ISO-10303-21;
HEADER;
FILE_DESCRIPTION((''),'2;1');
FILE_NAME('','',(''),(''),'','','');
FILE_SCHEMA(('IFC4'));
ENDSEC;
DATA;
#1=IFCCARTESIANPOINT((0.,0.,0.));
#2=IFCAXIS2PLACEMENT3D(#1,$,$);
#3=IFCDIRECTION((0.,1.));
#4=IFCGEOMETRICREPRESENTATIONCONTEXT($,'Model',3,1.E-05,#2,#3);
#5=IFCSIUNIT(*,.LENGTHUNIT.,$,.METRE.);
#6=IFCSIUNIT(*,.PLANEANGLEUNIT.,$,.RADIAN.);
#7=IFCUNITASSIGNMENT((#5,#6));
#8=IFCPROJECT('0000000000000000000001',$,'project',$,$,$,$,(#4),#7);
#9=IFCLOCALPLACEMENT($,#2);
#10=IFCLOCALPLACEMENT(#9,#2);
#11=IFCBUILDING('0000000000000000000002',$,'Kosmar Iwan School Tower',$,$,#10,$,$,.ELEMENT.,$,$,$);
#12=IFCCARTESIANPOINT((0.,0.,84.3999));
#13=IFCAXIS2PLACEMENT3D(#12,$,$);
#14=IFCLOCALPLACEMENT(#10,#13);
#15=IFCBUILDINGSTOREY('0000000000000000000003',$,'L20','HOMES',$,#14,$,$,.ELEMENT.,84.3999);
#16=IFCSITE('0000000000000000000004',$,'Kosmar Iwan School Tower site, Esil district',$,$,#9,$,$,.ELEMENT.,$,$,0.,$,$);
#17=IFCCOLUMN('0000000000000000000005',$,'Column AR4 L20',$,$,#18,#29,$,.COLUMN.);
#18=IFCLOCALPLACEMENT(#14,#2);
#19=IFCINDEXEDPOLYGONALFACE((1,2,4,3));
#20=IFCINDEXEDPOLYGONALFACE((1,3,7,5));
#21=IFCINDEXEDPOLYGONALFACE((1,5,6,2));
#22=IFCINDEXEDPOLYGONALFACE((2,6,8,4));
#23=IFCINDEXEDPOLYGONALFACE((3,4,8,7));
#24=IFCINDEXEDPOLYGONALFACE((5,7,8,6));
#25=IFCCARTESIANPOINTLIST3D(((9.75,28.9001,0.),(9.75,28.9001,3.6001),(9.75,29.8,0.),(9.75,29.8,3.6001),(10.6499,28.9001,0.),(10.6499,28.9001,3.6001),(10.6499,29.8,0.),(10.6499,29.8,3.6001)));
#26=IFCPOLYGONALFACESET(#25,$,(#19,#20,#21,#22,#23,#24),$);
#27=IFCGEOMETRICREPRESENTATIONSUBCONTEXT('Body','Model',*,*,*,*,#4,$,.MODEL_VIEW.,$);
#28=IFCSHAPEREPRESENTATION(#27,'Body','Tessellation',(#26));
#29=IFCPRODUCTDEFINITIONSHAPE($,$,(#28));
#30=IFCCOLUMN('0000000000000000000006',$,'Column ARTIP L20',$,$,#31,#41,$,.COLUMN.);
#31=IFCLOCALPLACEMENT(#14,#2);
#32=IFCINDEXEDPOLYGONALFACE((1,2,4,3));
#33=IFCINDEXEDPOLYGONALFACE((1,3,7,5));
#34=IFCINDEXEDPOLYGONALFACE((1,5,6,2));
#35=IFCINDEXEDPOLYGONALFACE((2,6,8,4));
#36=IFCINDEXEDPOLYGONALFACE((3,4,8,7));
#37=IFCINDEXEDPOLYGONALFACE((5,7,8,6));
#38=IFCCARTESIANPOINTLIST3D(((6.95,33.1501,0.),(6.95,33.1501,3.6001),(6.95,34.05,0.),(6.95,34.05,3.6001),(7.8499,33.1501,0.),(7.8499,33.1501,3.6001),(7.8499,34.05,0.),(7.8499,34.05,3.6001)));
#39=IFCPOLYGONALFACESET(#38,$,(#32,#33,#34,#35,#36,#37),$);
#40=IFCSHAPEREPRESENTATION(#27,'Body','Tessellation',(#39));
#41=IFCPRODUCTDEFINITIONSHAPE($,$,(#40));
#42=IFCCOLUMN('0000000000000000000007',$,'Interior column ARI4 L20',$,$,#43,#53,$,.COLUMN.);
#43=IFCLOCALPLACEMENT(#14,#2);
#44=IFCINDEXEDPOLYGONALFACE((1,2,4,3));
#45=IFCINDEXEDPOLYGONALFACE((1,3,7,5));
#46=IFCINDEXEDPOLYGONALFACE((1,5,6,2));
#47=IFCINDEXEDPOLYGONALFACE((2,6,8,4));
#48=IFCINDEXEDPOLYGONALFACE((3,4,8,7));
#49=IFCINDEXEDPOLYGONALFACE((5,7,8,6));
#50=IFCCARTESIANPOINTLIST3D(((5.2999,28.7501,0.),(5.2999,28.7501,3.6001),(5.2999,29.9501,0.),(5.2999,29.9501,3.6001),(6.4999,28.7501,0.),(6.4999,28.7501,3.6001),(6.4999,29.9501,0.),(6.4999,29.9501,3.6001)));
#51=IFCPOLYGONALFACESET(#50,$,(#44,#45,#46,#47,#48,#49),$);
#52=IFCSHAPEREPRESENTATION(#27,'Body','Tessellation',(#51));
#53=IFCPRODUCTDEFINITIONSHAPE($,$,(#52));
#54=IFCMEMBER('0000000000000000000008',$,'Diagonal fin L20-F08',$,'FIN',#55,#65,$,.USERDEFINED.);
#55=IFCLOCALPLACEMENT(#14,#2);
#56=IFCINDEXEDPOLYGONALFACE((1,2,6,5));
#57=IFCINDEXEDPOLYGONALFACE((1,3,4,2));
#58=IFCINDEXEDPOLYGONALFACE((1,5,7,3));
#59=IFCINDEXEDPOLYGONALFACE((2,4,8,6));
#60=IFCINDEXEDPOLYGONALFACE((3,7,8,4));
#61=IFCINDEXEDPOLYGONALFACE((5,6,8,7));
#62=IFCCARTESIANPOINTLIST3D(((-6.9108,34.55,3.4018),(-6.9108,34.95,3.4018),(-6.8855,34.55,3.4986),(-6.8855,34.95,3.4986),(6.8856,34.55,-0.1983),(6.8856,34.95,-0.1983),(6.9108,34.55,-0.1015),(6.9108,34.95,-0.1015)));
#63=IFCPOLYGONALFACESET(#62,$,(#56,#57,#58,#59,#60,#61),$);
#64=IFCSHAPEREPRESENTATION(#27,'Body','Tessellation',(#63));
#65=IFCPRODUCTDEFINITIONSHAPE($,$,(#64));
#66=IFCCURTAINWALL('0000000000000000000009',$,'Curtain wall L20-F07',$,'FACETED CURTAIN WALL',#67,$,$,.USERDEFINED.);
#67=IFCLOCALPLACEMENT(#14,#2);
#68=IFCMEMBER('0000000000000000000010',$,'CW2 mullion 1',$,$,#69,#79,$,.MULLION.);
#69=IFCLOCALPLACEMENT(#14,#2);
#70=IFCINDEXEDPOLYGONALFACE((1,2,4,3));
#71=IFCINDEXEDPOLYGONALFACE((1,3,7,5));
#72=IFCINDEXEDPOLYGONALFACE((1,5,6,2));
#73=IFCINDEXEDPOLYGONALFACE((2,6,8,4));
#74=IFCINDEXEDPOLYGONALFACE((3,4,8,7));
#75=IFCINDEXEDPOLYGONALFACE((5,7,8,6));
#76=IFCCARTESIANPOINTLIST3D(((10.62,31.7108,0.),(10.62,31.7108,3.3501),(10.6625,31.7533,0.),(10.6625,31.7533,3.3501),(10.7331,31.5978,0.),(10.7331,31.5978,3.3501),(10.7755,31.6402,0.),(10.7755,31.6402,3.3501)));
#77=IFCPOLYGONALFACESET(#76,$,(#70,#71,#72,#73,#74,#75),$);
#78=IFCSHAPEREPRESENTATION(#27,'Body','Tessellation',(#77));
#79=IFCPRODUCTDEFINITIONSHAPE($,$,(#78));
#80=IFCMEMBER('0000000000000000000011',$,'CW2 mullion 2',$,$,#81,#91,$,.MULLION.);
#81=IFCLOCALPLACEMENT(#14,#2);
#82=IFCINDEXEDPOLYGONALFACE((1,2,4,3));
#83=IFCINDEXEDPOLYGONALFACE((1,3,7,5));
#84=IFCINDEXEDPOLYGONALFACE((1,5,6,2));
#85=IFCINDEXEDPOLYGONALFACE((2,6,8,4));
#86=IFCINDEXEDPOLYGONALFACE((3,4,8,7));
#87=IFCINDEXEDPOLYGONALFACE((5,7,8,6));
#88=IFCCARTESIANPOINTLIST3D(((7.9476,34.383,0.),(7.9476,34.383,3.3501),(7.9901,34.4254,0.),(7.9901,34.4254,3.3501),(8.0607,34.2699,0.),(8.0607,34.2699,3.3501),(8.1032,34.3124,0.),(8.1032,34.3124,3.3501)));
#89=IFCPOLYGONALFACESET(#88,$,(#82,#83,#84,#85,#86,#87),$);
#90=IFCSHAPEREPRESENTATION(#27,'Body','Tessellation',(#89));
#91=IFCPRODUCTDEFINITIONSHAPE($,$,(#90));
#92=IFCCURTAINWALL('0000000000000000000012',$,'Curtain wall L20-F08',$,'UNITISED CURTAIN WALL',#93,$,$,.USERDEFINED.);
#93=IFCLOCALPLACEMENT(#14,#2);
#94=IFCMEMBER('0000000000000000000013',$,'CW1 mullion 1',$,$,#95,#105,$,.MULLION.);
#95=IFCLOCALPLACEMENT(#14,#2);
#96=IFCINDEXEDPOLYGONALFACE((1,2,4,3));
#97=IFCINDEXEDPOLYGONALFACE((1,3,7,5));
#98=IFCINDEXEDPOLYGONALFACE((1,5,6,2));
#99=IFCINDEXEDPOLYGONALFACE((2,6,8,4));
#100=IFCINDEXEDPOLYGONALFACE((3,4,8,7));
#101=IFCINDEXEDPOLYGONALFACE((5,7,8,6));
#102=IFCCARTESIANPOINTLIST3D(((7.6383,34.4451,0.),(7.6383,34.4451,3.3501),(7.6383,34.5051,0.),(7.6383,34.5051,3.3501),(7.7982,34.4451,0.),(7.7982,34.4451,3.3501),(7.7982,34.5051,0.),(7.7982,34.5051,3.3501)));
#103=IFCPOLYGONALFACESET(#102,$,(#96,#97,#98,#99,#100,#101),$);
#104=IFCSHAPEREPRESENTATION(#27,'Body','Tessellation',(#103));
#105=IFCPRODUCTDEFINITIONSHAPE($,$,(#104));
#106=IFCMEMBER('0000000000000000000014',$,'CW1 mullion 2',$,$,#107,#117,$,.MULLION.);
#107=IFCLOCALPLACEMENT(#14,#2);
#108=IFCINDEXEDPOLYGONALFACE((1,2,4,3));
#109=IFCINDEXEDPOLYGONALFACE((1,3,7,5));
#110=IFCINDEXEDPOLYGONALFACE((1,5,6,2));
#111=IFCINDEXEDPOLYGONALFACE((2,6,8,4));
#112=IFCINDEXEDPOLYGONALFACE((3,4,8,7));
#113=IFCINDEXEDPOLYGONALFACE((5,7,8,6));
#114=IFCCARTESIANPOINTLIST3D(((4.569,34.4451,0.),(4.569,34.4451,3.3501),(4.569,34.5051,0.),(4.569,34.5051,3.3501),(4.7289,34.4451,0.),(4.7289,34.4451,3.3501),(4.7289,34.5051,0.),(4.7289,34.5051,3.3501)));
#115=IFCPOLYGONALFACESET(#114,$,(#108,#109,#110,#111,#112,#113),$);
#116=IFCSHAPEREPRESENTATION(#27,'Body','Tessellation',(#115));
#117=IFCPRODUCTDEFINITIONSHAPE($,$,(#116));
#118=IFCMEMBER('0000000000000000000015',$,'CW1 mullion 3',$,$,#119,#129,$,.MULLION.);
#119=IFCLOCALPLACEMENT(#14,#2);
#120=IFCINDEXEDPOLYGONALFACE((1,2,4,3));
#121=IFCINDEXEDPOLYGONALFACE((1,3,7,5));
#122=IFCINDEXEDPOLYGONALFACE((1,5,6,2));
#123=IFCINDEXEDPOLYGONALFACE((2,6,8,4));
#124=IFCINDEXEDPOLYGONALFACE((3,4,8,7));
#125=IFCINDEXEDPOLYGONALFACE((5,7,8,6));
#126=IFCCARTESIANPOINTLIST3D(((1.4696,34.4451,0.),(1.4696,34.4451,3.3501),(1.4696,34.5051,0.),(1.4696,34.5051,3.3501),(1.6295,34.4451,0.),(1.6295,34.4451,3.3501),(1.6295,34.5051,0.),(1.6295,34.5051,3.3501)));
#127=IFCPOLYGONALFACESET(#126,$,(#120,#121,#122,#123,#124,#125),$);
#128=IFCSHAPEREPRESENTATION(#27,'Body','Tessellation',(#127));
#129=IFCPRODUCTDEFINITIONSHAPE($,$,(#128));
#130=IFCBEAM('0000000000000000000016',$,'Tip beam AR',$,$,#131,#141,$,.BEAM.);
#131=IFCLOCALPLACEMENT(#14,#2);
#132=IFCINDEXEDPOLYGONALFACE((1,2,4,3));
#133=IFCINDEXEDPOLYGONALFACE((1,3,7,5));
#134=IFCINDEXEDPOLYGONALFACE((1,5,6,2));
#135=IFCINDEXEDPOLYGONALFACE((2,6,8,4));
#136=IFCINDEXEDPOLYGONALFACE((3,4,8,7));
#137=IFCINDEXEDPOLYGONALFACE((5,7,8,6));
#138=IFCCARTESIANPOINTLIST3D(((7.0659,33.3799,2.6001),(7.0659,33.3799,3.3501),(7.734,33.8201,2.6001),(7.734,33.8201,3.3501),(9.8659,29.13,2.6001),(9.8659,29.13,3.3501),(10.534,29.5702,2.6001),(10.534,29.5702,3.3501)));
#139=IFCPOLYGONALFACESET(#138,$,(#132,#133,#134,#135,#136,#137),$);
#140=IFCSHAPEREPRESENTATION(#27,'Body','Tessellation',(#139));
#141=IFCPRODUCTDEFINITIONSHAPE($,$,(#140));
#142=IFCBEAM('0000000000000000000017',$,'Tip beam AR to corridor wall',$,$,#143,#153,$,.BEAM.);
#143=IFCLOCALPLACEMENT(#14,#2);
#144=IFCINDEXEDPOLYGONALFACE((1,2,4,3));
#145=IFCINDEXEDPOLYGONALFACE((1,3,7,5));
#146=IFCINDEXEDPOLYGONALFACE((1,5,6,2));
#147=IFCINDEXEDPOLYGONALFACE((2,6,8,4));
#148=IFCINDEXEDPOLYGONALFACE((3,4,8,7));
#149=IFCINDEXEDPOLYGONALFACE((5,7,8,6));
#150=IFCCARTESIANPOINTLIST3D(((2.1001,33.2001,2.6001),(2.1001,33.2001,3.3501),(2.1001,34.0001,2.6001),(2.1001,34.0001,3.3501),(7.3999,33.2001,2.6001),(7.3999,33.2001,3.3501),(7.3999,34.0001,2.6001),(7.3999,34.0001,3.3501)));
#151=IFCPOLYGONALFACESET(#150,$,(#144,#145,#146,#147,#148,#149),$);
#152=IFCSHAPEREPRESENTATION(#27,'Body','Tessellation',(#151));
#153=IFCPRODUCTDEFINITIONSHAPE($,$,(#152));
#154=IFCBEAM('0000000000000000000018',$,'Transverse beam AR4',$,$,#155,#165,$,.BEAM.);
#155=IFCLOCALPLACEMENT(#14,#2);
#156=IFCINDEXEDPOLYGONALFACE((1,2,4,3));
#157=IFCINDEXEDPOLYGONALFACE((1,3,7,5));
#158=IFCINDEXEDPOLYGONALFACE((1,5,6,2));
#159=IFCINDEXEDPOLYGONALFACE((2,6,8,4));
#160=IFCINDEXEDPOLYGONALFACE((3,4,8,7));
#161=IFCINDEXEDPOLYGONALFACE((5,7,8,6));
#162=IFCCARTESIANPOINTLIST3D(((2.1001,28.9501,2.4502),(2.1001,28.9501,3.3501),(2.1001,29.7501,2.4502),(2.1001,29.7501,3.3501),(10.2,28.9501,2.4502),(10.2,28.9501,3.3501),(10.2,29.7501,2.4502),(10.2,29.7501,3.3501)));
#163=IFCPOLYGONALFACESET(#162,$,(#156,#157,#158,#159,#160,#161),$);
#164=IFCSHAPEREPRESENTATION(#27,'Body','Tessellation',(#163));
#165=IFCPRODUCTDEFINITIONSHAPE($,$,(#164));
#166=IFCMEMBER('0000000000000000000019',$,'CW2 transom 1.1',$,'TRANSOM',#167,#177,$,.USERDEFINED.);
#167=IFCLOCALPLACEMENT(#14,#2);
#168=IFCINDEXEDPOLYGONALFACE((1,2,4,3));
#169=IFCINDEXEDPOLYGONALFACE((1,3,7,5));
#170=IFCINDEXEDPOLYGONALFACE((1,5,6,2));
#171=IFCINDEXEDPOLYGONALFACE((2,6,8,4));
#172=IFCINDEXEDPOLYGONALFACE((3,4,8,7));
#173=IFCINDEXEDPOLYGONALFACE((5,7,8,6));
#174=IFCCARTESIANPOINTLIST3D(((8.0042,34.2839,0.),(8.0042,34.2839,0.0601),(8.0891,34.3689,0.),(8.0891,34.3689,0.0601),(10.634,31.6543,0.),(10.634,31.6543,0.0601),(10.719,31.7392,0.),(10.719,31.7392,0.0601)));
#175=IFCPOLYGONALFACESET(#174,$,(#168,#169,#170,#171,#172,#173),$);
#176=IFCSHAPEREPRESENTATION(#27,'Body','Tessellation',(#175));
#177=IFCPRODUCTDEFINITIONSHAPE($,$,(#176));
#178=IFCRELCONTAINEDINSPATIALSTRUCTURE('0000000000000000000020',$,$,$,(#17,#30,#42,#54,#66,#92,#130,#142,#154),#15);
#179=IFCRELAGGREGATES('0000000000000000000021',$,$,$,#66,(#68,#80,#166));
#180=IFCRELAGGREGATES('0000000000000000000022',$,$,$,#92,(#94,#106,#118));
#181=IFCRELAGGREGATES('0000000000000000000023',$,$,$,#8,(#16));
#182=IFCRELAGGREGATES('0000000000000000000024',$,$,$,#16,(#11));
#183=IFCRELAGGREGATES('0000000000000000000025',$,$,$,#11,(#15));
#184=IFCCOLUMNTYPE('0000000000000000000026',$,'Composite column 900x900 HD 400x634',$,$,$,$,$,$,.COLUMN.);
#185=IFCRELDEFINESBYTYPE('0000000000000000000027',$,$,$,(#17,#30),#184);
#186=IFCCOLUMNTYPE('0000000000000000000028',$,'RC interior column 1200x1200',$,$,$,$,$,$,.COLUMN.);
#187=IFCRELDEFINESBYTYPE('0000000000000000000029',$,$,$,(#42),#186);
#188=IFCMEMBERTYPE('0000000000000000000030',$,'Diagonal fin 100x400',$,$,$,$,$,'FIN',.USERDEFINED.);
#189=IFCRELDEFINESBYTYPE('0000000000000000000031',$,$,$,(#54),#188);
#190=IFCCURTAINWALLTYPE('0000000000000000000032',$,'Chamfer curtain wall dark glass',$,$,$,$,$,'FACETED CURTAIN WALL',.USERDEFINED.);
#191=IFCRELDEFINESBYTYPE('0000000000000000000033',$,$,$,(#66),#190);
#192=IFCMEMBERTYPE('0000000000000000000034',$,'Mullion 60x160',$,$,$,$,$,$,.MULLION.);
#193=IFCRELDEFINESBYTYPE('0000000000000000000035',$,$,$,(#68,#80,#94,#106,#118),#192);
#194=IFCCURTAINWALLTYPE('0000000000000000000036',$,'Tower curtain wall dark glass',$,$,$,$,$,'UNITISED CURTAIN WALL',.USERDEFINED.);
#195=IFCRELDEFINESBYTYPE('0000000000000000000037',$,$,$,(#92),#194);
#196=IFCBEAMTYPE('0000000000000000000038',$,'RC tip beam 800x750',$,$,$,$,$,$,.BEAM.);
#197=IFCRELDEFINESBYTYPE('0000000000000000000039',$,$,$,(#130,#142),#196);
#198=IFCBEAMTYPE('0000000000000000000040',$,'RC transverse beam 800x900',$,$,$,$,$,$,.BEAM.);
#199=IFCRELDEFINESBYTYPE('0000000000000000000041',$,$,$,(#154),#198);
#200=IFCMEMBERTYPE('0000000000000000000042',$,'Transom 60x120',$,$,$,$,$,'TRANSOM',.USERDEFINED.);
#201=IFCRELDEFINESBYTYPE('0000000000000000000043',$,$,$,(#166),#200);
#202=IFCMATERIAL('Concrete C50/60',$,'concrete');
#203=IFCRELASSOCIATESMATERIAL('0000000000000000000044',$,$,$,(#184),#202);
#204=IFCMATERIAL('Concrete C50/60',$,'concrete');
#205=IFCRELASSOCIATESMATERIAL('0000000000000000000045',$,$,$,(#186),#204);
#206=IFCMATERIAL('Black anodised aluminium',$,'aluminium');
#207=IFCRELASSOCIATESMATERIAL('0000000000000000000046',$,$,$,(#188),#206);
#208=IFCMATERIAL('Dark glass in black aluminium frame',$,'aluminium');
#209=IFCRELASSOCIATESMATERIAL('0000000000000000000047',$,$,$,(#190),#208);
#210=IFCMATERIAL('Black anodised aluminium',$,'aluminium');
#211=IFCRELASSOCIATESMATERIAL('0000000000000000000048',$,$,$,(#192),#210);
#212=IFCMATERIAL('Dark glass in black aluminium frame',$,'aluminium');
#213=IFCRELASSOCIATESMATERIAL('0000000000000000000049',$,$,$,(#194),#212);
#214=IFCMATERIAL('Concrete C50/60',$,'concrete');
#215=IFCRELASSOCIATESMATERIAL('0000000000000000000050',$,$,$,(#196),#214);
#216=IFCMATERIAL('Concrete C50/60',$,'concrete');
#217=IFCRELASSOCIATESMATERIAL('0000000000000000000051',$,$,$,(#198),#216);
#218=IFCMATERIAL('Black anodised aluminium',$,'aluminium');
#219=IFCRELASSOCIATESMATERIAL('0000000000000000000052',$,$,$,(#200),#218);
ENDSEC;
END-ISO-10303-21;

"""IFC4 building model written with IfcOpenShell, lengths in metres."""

from ifc_helpers import new_model, si_unit, direction, frame, origin, origin_2d, place, context, subcontext, project, spatial, rectangle, extrude, material, material_profile, profile_set, type_object, element, aggregate, save


model = new_model("IFC4")

# Units and contexts
model_context = context("Model", 3, precision=1e-05, world=origin(), true_north=direction((0.0, 1.0)))
body_context = subcontext(model_context, "Body", "Model", "MODEL_VIEW")
ifc_project = project(units=[si_unit("LENGTHUNIT", "METRE"), si_unit("PLANEANGLEUNIT", "RADIAN")], contexts=[model_context])

# Site, building, storey
site_placement = place(None, origin())
site = spatial("IfcSite", under=ifc_project, at=site_placement, Name="Kosmar Iwan School Tower site, Esil district", CompositionType="ELEMENT", RefElevation=0.0)
building_placement = place(site_placement, origin())
building = spatial("IfcBuilding", under=site, at=building_placement, Name="Kosmar Iwan School Tower", CompositionType="ELEMENT")
storey_placement = place(building_placement, frame((0.0, 0.0, 84.3999)))
storey = spatial("IfcBuildingStorey", under=building, at=storey_placement, Name="L20", Description="HOMES", CompositionType="ELEMENT", Elevation=84.3999)

# Columns
ifc_material_1 = material(Name="Concrete C50/60", Category="concrete")
ifc_material_profile_1 = material_profile(ifc_material_1, rectangle(XDim=0.8999, YDim=0.8999, at=origin_2d()), Name="RC 900x900 + HD 400x634")
ifc_profile_set_1 = profile_set([ifc_material_profile_1], Name="Concrete C50/60")
column_type_1 = type_object("IfcColumnType", Name="Composite column 900x900 HD 400x634", PredefinedType="COLUMN", material=ifc_profile_set_1)
for number, where, z_axis, x_axis, name in (
    (1, (10.2, 29.3501, 0.0), (0.0, 0.0, 1.0), (0.0, 1.0, 0.0), "Column AR4 L20"),
    (2, (7.3999, 33.6001, 0.0), (0.0, 0.0, 1.0), (0.0, 1.0, 0.0), "Column ARTIP L20"),
):
    element("IfcColumn", number, at=place(storey_placement, frame(where, z_axis=z_axis, x_axis=x_axis)), inside=storey, type_object=column_type_1, Name=name, PredefinedType="COLUMN", context=body_context, shape_type="SweptSolid", body=[
        extrude(rectangle(XDim=0.8999, YDim=0.8999, at=origin_2d()), origin(), (0.0, 0.0, 1.0), 3.6001),
    ])
ifc_material_2 = material(Name="Concrete C50/60", Category="concrete")
ifc_material_profile_2 = material_profile(ifc_material_2, rectangle(XDim=1.2, YDim=1.2, at=origin_2d()), Name="RC 1200x1200")
ifc_profile_set_2 = profile_set([ifc_material_profile_2], Name="Concrete C50/60")
column_type_2 = type_object("IfcColumnType", Name="RC interior column 1200x1200", PredefinedType="COLUMN", material=ifc_profile_set_2)
column_placement = place(storey_placement, frame((5.8999, 29.3501, 0.0), z_axis=(0.0, 0.0, 1.0), x_axis=(0.0, 1.0, 0.0)))
element("IfcColumn", 3, at=column_placement, inside=storey, type_object=column_type_2, Name="Interior column ARI4 L20", PredefinedType="COLUMN", context=body_context, shape_type="SweptSolid", body=[
    extrude(rectangle(XDim=1.2, YDim=1.2, at=origin_2d()), origin(), (0.0, 0.0, 1.0), 3.6001),
])

# Member
ifc_material_3 = material(Name="Black anodised aluminium", Category="aluminium")
ifc_material_profile_3 = material_profile(ifc_material_3, rectangle(XDim=0.1001, YDim=0.3999, at=origin_2d()), Name="FIN 100x400")
ifc_profile_set_3 = profile_set([ifc_material_profile_3], Name="Black anodised aluminium")
member_type_1 = type_object("IfcMemberType", Name="Diagonal fin 100x400", ElementType="FIN", PredefinedType="USERDEFINED", material=ifc_profile_set_3)
member_1_placement = place(storey_placement, frame((6.8982, 34.75, -0.1499), z_axis=(-0.967599, 0.0, 0.25249), x_axis=(0.25249, 0.0, 0.967599)))
element("IfcMember", 4, at=member_1_placement, inside=storey, type_object=member_type_1, Name="Diagonal fin L20-F08", ObjectType="FIN", PredefinedType="USERDEFINED", context=body_context, shape_type="SweptSolid", body=[
    extrude(rectangle(XDim=0.1001, YDim=0.3999, at=origin_2d()), origin(), (0.0, 0.0, 1.0), 14.2583),
])

# Curtain walls, members
ifc_material_4 = material(Name="Dark glass in black aluminium frame", Category="aluminium")
curtain_wall_type_1 = type_object("IfcCurtainWallType", Name="Chamfer curtain wall dark glass", ElementType="FACETED CURTAIN WALL", PredefinedType="USERDEFINED", material=ifc_material_4)
curtain_wall_1_placement = place(storey_placement, origin())
curtain_wall_1 = element("IfcCurtainWall", 5, at=curtain_wall_1_placement, inside=storey, type_object=curtain_wall_type_1, Name="Curtain wall L20-F07", ObjectType="FACETED CURTAIN WALL", PredefinedType="USERDEFINED")
ifc_material_5 = material(Name="Black anodised aluminium", Category="aluminium")
ifc_material_profile_4 = material_profile(ifc_material_5, rectangle(XDim=0.0601, YDim=0.1599, at=origin_2d()), Name="MULLION 60x160")
ifc_profile_set_4 = profile_set([ifc_material_profile_4], Name="Black anodised aluminium")
member_type_2 = type_object("IfcMemberType", Name="Mullion 60x160", PredefinedType="MULLION", material=ifc_profile_set_4)
member_2_placement = place(storey_placement, frame((10.6978, 31.6755, 0.0), z_axis=(0.0, 0.0, 1.0), x_axis=(-0.707107, -0.707107, 0.0)))
member_2 = element("IfcMember", 6, at=member_2_placement, type_object=member_type_2, Name="CW2 mullion 1", PredefinedType="MULLION", context=body_context, shape_type="SweptSolid", body=[
    extrude(rectangle(XDim=0.0601, YDim=0.1599, at=origin_2d()), origin(), (0.0, 0.0, 1.0), 3.3501),
])
member_3_placement = place(storey_placement, frame((8.0254, 34.3477, 0.0), z_axis=(0.0, 0.0, 1.0), x_axis=(-0.707107, -0.707107, 0.0)))
member_3 = element("IfcMember", 7, at=member_3_placement, type_object=member_type_2, Name="CW2 mullion 2", PredefinedType="MULLION", context=body_context, shape_type="SweptSolid", body=[
    extrude(rectangle(XDim=0.0601, YDim=0.1599, at=origin_2d()), origin(), (0.0, 0.0, 1.0), 3.3501),
])
ifc_material_6 = material(Name="Dark glass in black aluminium frame", Category="aluminium")
curtain_wall_type_2 = type_object("IfcCurtainWallType", Name="Tower curtain wall dark glass", ElementType="UNITISED CURTAIN WALL", PredefinedType="USERDEFINED", material=ifc_material_6)
curtain_wall_2_placement = place(storey_placement, origin())
curtain_wall_2 = element("IfcCurtainWall", 8, at=curtain_wall_2_placement, inside=storey, type_object=curtain_wall_type_2, Name="Curtain wall L20-F08", ObjectType="UNITISED CURTAIN WALL", PredefinedType="USERDEFINED")
member_4_placement = place(storey_placement, frame((7.7183, 34.4751, 0.0), z_axis=(0.0, 0.0, 1.0), x_axis=(0.0, -1.0, 0.0)))
member_4 = element("IfcMember", 9, at=member_4_placement, type_object=member_type_2, Name="CW1 mullion 1", PredefinedType="MULLION", context=body_context, shape_type="SweptSolid", body=[
    extrude(rectangle(XDim=0.0601, YDim=0.1599, at=origin_2d()), origin(), (0.0, 0.0, 1.0), 3.3501),
])
member_5_placement = place(storey_placement, frame((4.6489, 34.4751, 0.0), z_axis=(0.0, 0.0, 1.0), x_axis=(0.0, -1.0, 0.0)))
member_5 = element("IfcMember", 10, at=member_5_placement, type_object=member_type_2, Name="CW1 mullion 2", PredefinedType="MULLION", context=body_context, shape_type="SweptSolid", body=[
    extrude(rectangle(XDim=0.0601, YDim=0.1599, at=origin_2d()), origin(), (0.0, 0.0, 1.0), 3.3501),
])
member_6_placement = place(storey_placement, frame((1.5496, 34.4751, 0.0), z_axis=(0.0, 0.0, 1.0), x_axis=(0.0, -1.0, 0.0)))
member_6 = element("IfcMember", 11, at=member_6_placement, type_object=member_type_2, Name="CW1 mullion 3", PredefinedType="MULLION", context=body_context, shape_type="SweptSolid", body=[
    extrude(rectangle(XDim=0.0601, YDim=0.1599, at=origin_2d()), origin(), (0.0, 0.0, 1.0), 3.3501),
])

# Beams
ifc_material_7 = material(Name="Concrete C50/60", Category="concrete")
ifc_material_profile_5 = material_profile(ifc_material_7, rectangle(XDim=0.8, YDim=0.75, at=origin_2d()), Name="RC 800x750")
ifc_profile_set_5 = profile_set([ifc_material_profile_5], Name="Concrete C50/60")
beam_type_1 = type_object("IfcBeamType", Name="RC tip beam 800x750", PredefinedType="BEAM", material=ifc_profile_set_5)
beam_1_placement = place(storey_placement, frame((10.2, 29.3501, 2.9751), z_axis=(-0.550164, 0.835056, 0.0), x_axis=(-0.835056, -0.550164, 0.0)))
element("IfcBeam", 12, at=beam_1_placement, inside=storey, type_object=beam_type_1, Name="Tip beam AR", PredefinedType="BEAM", context=body_context, shape_type="SweptSolid", body=[
    extrude(rectangle(XDim=0.8, YDim=0.75, at=origin_2d()), origin(), (0.0, 0.0, 1.0), 5.0894),
])
beam_2_placement = place(storey_placement, frame((7.3999, 33.6001, 2.9751), z_axis=(-1.0, 0.0, 0.0), x_axis=(0.0, -1.0, 0.0)))
element("IfcBeam", 13, at=beam_2_placement, inside=storey, type_object=beam_type_1, Name="Tip beam AR to corridor wall", PredefinedType="BEAM", context=body_context, shape_type="SweptSolid", body=[
    extrude(rectangle(XDim=0.8, YDim=0.75, at=origin_2d()), origin(), (0.0, 0.0, 1.0), 5.2998),
])
ifc_material_8 = material(Name="Concrete C50/60", Category="concrete")
ifc_material_profile_6 = material_profile(ifc_material_8, rectangle(XDim=0.8, YDim=0.8999, at=origin_2d()), Name="RC 800x900")
ifc_profile_set_6 = profile_set([ifc_material_profile_6], Name="Concrete C50/60")
beam_type_2 = type_object("IfcBeamType", Name="RC transverse beam 800x900", PredefinedType="BEAM", material=ifc_profile_set_6)
beam_3_placement = place(storey_placement, frame((10.2, 29.3501, 2.9001), z_axis=(-1.0, 0.0, 0.0), x_axis=(0.0, -1.0, 0.0)))
element("IfcBeam", 14, at=beam_3_placement, inside=storey, type_object=beam_type_2, Name="Transverse beam AR4", PredefinedType="BEAM", context=body_context, shape_type="SweptSolid", body=[
    extrude(rectangle(XDim=0.8, YDim=0.8999, at=origin_2d()), origin(), (0.0, 0.0, 1.0), 8.0999),
])

# Member
ifc_material_9 = material(Name="Black anodised aluminium", Category="aluminium")
ifc_material_profile_7 = material_profile(ifc_material_9, rectangle(XDim=0.1201, YDim=0.0601, at=origin_2d()), Name="TRANSOM 60x120")
ifc_profile_set_7 = profile_set([ifc_material_profile_7], Name="Black anodised aluminium")
member_type_3 = type_object("IfcMemberType", Name="Transom 60x120", ElementType="TRANSOM", PredefinedType="USERDEFINED", material=ifc_profile_set_7)
member_7_placement = place(storey_placement, frame((10.6765, 31.6968, 0.03), z_axis=(-0.70714, 0.707074, 0.0), x_axis=(-0.707074, -0.70714, 0.0)))
member_7 = element("IfcMember", 15, at=member_7_placement, type_object=member_type_3, Name="CW2 transom 1.1", ObjectType="TRANSOM", PredefinedType="USERDEFINED", context=body_context, shape_type="SweptSolid", body=[
    extrude(rectangle(XDim=0.1201, YDim=0.0601, at=origin_2d()), origin(), (0.0, 0.0, 1.0), 3.719),
])

aggregate(curtain_wall_1, [member_2, member_3, member_7])
aggregate(curtain_wall_2, [member_4, member_5, member_6])

save(model, "model.ifc")
